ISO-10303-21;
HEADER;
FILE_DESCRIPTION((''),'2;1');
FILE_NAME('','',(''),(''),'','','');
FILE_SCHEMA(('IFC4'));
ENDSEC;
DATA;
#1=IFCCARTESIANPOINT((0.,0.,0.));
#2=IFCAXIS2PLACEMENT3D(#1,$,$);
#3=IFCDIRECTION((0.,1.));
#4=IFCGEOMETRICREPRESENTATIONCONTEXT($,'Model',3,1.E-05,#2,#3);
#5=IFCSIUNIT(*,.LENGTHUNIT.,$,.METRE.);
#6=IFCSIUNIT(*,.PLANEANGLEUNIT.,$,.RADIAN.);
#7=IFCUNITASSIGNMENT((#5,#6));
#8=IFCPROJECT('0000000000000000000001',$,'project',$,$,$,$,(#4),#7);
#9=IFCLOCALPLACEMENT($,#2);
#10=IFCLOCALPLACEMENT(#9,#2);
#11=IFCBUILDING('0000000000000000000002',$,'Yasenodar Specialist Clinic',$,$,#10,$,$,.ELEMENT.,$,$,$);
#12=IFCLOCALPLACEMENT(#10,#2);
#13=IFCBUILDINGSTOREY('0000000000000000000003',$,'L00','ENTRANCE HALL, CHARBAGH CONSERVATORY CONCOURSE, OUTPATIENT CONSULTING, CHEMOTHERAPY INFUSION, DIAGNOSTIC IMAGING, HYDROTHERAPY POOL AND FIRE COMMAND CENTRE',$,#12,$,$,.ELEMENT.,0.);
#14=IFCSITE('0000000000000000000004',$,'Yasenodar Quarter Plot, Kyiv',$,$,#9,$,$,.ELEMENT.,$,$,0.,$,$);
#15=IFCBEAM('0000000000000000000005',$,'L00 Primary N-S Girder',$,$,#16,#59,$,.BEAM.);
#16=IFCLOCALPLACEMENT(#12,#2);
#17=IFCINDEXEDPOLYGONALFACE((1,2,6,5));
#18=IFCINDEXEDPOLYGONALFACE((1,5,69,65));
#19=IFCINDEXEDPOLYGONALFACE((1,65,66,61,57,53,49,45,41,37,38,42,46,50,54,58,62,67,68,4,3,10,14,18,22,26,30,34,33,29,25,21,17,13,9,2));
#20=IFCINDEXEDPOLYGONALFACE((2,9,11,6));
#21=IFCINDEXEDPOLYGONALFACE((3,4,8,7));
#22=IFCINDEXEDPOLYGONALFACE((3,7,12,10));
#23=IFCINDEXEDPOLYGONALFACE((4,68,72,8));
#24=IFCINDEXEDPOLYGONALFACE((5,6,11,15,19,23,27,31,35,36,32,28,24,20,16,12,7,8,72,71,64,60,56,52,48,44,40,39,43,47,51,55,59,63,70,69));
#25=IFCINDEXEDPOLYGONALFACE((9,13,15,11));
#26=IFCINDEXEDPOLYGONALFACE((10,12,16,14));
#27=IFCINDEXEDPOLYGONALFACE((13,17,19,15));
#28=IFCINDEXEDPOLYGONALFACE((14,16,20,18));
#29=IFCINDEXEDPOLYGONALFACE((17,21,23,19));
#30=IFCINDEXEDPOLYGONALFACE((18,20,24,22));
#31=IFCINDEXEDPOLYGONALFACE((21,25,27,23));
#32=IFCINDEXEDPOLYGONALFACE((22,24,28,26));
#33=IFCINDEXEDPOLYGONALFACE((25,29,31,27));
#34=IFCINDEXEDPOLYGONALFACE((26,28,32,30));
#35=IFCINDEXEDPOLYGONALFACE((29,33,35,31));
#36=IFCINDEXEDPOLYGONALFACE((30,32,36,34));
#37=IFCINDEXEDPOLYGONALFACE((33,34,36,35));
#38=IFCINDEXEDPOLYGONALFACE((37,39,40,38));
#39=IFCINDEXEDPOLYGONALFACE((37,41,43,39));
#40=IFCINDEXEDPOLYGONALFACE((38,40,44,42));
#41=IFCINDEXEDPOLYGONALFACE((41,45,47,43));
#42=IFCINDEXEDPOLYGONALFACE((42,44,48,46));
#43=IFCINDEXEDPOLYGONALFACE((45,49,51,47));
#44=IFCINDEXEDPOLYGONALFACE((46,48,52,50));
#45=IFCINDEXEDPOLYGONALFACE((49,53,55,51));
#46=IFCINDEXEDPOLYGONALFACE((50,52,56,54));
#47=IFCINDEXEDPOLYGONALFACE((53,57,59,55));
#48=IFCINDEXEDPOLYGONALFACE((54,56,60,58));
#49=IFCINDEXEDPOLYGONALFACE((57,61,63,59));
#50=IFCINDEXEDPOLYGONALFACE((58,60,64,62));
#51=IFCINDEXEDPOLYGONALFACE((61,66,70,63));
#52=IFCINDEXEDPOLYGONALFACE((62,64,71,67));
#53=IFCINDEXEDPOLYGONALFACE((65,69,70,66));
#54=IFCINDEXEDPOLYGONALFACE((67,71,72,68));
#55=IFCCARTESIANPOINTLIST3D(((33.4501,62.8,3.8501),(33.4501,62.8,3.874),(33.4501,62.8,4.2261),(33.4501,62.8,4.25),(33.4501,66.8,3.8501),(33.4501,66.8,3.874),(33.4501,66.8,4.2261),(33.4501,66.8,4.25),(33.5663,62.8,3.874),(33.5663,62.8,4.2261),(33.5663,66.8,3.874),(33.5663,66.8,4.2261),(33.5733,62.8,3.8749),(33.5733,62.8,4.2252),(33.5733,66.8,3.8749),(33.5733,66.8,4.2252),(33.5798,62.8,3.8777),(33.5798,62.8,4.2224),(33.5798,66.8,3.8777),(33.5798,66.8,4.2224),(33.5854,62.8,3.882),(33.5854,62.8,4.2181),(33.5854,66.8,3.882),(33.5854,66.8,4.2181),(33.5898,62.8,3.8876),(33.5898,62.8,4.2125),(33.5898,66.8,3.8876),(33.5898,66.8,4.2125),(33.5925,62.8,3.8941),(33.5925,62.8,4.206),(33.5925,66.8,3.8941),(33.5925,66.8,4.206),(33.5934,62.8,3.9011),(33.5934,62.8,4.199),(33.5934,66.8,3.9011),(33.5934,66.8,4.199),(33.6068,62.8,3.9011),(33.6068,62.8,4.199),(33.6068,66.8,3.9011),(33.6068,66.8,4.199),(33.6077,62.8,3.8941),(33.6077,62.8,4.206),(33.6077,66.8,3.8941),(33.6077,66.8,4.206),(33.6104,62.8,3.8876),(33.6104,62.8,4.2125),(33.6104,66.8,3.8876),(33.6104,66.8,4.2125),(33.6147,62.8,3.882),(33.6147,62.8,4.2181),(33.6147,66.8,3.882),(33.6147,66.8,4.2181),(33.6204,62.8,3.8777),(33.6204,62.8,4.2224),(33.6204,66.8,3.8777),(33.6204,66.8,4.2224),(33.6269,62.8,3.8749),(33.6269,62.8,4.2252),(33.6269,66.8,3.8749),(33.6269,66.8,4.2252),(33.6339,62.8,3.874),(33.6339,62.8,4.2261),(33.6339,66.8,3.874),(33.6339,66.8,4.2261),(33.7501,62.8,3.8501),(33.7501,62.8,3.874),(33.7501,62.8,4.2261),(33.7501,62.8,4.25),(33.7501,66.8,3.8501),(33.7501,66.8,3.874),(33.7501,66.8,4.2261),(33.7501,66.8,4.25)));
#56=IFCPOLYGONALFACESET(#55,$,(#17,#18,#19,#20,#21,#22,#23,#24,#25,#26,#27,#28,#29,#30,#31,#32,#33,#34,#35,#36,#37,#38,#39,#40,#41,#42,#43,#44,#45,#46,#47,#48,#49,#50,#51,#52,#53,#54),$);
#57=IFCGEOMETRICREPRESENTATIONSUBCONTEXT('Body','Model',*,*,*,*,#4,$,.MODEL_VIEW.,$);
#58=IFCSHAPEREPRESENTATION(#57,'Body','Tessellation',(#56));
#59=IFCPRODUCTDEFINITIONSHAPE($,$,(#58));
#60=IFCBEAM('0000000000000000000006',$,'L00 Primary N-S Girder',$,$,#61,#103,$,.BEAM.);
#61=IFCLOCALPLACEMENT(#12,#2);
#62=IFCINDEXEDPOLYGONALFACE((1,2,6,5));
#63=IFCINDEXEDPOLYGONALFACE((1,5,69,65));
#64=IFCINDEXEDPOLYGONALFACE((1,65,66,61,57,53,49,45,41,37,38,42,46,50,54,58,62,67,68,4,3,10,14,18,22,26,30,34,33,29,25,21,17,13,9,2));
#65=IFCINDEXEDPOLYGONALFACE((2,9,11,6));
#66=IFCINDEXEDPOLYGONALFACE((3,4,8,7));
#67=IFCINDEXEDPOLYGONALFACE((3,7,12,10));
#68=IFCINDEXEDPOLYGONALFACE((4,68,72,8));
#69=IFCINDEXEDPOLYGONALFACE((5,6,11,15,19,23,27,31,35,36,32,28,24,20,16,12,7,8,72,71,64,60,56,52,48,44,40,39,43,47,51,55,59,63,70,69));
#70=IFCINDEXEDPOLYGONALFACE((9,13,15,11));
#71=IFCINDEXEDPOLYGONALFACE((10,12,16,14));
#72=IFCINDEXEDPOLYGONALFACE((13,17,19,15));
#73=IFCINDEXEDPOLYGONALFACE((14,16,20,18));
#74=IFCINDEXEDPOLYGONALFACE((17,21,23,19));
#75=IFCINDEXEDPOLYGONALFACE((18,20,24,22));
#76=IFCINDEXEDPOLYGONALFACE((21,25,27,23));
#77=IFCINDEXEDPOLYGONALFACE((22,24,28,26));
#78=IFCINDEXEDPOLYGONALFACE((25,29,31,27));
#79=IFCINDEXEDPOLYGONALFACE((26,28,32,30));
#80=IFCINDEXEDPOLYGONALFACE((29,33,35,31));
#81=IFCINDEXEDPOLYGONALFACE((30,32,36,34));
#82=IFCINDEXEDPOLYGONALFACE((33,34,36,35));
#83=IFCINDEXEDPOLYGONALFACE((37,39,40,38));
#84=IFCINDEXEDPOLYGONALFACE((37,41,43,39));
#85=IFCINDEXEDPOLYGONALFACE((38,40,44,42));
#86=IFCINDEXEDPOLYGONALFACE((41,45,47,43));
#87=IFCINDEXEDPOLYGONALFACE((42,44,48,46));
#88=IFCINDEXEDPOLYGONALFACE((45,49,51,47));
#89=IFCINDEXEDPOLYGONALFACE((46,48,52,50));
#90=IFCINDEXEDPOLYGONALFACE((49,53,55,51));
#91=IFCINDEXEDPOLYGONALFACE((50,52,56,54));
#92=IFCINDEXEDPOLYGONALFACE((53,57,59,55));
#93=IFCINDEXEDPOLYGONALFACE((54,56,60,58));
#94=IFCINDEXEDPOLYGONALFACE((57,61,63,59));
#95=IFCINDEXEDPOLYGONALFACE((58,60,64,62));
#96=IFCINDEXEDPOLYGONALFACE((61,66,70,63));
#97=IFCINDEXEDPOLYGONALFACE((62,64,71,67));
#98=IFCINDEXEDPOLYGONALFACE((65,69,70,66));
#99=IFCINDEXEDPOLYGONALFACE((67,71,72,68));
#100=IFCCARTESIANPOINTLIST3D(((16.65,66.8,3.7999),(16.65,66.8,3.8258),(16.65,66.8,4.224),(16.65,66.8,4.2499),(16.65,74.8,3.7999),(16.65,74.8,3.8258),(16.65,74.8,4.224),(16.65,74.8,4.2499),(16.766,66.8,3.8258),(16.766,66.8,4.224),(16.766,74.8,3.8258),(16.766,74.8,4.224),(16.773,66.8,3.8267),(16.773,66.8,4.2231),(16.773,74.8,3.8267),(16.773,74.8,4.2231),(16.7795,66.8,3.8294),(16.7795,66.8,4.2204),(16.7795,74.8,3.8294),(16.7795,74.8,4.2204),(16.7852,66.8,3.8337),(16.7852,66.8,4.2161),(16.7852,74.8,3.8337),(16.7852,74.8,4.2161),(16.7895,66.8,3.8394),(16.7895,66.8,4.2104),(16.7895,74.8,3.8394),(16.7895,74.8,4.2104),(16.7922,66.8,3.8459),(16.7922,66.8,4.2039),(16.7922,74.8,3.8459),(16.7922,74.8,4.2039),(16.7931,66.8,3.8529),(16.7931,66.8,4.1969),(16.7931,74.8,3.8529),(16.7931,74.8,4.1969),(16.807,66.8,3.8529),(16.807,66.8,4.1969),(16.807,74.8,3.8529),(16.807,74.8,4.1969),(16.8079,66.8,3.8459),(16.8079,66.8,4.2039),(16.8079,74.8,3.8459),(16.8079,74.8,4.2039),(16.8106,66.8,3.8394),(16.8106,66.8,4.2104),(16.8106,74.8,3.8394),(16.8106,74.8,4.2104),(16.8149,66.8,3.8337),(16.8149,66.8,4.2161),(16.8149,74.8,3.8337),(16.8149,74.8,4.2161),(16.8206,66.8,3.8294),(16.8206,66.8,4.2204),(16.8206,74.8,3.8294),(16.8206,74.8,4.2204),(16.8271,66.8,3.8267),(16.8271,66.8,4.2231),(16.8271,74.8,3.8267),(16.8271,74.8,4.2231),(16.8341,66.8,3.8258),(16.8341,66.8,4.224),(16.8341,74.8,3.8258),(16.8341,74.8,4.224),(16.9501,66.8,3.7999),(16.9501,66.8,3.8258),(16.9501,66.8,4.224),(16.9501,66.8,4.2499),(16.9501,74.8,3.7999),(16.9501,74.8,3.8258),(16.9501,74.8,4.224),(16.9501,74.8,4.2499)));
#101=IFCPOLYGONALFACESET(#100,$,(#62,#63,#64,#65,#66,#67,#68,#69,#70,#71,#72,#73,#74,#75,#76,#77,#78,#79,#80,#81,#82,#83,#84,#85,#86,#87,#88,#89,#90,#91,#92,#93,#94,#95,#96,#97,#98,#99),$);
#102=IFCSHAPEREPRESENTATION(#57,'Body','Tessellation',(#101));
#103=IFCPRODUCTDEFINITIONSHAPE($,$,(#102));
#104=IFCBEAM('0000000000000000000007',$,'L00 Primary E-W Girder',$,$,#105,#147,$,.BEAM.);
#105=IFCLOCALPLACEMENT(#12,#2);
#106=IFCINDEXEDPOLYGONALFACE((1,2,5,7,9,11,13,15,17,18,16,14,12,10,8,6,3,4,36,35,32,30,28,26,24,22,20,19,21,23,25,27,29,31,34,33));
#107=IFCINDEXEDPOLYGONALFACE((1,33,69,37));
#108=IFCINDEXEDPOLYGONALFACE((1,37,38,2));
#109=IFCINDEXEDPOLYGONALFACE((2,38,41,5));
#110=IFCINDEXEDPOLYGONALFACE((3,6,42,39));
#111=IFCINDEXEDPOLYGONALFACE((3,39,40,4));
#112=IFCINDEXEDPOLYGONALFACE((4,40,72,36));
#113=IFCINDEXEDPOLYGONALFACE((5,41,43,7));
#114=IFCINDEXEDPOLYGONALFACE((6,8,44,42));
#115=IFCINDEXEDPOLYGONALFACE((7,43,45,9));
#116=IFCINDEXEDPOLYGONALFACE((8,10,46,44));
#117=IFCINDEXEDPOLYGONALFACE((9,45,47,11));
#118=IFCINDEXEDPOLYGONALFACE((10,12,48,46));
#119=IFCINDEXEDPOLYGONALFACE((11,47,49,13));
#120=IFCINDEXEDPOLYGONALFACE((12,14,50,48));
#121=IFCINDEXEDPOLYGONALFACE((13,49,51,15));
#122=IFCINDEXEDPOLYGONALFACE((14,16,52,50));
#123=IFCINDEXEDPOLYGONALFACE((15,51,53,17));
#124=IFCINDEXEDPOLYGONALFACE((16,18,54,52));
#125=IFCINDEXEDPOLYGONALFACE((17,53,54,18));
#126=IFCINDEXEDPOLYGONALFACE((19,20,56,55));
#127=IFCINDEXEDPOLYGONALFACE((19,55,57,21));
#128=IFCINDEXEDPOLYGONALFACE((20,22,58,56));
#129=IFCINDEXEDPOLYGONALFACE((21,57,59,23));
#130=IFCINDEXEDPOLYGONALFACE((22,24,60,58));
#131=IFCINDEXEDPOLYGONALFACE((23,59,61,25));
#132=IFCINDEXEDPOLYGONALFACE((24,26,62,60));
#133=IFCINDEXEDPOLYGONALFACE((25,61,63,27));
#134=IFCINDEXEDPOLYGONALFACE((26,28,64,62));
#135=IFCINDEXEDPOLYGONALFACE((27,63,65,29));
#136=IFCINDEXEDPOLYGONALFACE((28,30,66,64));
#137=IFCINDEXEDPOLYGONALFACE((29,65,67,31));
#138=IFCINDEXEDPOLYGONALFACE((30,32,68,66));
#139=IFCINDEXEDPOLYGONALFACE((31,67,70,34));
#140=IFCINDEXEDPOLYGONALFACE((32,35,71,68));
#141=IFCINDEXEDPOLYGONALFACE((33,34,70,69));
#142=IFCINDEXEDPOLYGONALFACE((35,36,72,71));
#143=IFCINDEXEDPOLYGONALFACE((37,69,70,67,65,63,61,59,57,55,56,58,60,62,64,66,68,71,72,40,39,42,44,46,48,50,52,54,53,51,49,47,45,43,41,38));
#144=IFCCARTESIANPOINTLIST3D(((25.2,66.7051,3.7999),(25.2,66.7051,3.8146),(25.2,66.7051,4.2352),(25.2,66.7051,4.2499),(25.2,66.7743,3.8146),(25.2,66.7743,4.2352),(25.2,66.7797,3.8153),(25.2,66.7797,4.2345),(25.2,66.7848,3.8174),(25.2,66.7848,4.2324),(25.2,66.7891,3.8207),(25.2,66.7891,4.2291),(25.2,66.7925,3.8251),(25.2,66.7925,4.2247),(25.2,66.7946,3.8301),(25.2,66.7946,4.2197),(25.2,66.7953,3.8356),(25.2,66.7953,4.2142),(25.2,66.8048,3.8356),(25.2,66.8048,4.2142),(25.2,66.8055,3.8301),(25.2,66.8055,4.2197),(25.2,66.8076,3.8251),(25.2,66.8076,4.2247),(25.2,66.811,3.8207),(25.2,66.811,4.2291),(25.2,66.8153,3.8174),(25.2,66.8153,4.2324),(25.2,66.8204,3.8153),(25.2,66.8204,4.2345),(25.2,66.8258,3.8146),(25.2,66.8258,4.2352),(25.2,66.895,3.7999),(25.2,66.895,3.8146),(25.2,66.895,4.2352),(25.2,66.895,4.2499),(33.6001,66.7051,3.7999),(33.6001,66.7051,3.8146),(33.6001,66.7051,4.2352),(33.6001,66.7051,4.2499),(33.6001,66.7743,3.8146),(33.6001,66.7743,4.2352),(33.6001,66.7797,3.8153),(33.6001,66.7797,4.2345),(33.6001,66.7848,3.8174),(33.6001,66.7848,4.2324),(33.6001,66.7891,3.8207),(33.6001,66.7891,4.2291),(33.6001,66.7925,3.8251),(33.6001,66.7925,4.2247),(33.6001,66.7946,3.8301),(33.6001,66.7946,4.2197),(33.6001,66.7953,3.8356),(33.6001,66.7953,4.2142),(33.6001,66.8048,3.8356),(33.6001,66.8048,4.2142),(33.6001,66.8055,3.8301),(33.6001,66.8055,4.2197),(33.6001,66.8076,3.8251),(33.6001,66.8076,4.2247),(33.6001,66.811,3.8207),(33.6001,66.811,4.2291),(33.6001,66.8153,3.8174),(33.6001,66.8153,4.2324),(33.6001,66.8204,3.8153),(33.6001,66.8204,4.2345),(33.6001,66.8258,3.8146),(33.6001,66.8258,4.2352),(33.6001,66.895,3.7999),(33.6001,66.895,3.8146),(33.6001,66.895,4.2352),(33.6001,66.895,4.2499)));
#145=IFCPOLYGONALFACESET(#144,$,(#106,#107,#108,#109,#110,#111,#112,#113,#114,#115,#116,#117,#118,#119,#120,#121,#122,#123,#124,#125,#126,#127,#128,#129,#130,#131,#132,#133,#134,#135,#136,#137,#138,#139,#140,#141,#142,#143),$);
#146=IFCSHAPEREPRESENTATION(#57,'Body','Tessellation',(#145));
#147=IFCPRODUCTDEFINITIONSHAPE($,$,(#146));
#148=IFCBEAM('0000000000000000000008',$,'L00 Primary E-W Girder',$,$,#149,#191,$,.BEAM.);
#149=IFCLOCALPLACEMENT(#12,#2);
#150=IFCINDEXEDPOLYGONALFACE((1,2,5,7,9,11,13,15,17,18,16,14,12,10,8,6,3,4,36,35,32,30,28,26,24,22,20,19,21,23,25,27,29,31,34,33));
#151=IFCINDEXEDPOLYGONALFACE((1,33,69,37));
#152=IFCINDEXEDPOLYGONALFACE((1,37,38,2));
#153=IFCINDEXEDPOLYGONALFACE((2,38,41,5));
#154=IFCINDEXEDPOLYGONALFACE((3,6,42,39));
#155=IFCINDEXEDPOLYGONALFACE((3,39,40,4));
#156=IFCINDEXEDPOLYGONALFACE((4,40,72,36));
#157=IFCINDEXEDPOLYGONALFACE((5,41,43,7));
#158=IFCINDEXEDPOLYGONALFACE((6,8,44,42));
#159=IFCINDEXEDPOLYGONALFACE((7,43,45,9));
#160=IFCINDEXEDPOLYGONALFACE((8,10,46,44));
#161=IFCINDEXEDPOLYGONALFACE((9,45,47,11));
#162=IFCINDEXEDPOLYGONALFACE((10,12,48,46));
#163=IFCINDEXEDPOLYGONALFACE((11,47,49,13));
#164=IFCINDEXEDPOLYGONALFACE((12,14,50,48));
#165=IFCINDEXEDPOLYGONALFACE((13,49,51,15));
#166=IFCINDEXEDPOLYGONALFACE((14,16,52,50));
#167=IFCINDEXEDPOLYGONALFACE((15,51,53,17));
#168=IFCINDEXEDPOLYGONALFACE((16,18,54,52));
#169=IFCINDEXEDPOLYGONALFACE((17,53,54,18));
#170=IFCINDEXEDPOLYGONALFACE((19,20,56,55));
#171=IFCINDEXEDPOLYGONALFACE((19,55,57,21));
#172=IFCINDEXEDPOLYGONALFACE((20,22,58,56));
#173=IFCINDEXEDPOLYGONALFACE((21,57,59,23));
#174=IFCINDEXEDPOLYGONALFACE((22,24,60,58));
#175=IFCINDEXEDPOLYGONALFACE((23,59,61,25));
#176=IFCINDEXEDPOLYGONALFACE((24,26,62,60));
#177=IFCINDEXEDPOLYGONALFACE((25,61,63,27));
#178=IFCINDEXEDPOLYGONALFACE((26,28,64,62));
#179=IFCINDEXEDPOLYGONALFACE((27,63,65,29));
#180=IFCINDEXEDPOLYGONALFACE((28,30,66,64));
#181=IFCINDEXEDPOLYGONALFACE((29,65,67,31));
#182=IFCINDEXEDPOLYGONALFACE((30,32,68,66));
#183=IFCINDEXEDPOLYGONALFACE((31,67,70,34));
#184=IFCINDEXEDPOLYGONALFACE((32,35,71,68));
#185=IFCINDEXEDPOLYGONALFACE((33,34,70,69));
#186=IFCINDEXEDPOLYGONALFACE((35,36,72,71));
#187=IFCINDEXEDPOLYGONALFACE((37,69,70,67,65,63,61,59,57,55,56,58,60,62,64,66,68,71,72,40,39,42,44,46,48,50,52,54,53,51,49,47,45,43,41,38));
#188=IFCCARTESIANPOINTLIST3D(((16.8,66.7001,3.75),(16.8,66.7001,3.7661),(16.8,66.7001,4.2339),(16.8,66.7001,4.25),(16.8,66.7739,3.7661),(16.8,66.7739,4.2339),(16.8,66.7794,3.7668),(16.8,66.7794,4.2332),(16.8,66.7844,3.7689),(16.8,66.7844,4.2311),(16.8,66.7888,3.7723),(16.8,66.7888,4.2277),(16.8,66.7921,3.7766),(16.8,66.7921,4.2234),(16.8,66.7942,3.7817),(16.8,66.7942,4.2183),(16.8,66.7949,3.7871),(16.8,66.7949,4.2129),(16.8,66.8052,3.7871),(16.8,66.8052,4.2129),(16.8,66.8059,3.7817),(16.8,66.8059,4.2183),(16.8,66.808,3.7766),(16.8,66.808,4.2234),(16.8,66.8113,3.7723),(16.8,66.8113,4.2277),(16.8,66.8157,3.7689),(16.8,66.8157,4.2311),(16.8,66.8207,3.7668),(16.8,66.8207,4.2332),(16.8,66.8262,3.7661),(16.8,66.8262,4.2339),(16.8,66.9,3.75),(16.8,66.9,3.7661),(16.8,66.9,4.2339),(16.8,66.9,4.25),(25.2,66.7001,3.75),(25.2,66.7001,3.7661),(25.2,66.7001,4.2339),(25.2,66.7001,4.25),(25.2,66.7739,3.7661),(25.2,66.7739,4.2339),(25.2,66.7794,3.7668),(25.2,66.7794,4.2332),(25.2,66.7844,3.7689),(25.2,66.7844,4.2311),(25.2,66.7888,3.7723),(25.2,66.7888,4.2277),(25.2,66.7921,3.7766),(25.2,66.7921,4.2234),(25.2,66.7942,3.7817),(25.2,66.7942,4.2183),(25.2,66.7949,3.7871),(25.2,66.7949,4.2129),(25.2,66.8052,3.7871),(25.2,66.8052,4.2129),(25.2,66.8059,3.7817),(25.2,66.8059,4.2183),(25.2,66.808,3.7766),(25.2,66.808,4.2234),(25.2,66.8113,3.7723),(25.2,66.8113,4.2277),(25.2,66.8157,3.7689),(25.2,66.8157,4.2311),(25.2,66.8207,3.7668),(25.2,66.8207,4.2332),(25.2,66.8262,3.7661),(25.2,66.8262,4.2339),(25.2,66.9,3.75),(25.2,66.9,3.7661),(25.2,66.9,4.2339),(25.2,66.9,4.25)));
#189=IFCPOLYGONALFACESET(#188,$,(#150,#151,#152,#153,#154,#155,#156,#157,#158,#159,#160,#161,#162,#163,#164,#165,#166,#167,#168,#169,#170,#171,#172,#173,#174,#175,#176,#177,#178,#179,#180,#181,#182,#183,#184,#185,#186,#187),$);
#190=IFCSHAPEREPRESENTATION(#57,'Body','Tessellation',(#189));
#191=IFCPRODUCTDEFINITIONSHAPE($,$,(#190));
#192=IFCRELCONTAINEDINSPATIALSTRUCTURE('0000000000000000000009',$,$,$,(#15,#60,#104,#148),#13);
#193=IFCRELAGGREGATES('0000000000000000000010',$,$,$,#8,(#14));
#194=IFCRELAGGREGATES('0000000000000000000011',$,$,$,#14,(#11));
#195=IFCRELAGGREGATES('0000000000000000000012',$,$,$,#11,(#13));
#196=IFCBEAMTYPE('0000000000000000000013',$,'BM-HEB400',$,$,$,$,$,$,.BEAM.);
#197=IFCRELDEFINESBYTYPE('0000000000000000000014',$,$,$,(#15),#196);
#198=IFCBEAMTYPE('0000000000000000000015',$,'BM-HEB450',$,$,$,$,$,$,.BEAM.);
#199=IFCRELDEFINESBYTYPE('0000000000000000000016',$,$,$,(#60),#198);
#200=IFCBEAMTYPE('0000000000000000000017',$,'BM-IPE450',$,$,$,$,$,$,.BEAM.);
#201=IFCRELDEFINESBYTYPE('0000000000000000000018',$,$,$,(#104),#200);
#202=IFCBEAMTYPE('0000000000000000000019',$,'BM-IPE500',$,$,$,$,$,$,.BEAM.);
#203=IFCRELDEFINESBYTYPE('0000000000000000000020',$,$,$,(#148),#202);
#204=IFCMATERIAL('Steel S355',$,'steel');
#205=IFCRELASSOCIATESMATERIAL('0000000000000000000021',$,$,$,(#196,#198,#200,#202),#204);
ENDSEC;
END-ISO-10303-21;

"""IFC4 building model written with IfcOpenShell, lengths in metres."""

from ifc_helpers import new_model, si_unit, direction, frame, origin, origin_2d, place, context, subcontext, project, spatial, i_section, extrude, material, material_profile, profile_set, type_object, element, save


model = new_model("IFC4")

# Units and contexts
model_context = context("Model", 3, precision=1e-05, world=origin(), true_north=direction((0.0, 1.0)))
body_context = subcontext(model_context, "Body", "Model", "MODEL_VIEW")
ifc_project = project(units=[si_unit("LENGTHUNIT", "METRE"), si_unit("PLANEANGLEUNIT", "RADIAN")], contexts=[model_context])

# Site, building, storey
site_placement = place(None, origin())
site = spatial("IfcSite", under=ifc_project, at=site_placement, Name="Yasenodar Quarter Plot, Kyiv", CompositionType="ELEMENT", RefElevation=0.0)
building_placement = place(site_placement, origin())
building = spatial("IfcBuilding", under=site, at=building_placement, Name="Yasenodar Specialist Clinic", CompositionType="ELEMENT")
storey_placement = place(building_placement, origin())
storey = spatial("IfcBuildingStorey", under=building, at=storey_placement, Name="L00", Description="ENTRANCE HALL, CHARBAGH CONSERVATORY CONCOURSE, OUTPATIENT CONSULTING, CHEMOTHERAPY INFUSION, DIAGNOSTIC IMAGING, HYDROTHERAPY POOL AND FIRE COMMAND CENTRE", CompositionType="ELEMENT", Elevation=0.0)

# Shared definitions
ifc_material_1 = material(Name="Steel S355", Category="steel")

# Beams
ifc_material_profile_1 = material_profile(ifc_material_1, i_section(OverallWidth=0.3, OverallDepth=0.3999, WebThickness=0.0134, FlangeThickness=0.0239, FilletRadius=0.0271, at=origin_2d()), Name="HEB 400")
ifc_profile_set_1 = profile_set([ifc_material_profile_1], Name="Steel S355")
beam_type_1 = type_object("IfcBeamType", Name="BM-HEB400", PredefinedType="BEAM", material=ifc_profile_set_1)
beam_1_placement = place(storey_placement, frame((33.6001, 62.8, 4.05), z_axis=(0.0, 1.0, 0.0), x_axis=(-1.0, 0.0, 0.0)))
element("IfcBeam", 1, at=beam_1_placement, inside=storey, type_object=beam_type_1, Name="L00 Primary N-S Girder", PredefinedType="BEAM", context=body_context, shape_type="SweptSolid", body=[
    extrude(i_section(OverallWidth=0.3, OverallDepth=0.3999, WebThickness=0.0134, FlangeThickness=0.0239, FilletRadius=0.0271, at=origin_2d()), origin(), (0.0, 0.0, 1.0), 4.0),
])
ifc_material_profile_2 = material_profile(ifc_material_1, i_section(OverallWidth=0.3, OverallDepth=0.45, WebThickness=0.0139, FlangeThickness=0.0259, FilletRadius=0.0271, at=origin_2d()), Name="HEB 450")
ifc_profile_set_2 = profile_set([ifc_material_profile_2], Name="Steel S355")
beam_type_2 = type_object("IfcBeamType", Name="BM-HEB450", PredefinedType="BEAM", material=ifc_profile_set_2)
beam_2_placement = place(storey_placement, frame((16.8, 66.8, 4.0249), z_axis=(0.0, 1.0, 0.0), x_axis=(-1.0, 0.0, 0.0)))
element("IfcBeam", 2, at=beam_2_placement, inside=storey, type_object=beam_type_2, Name="L00 Primary N-S Girder", PredefinedType="BEAM", context=body_context, shape_type="SweptSolid", body=[
    extrude(i_section(OverallWidth=0.3, OverallDepth=0.45, WebThickness=0.0139, FlangeThickness=0.0259, FilletRadius=0.0271, at=origin_2d()), origin(), (0.0, 0.0, 1.0), 8.0),
])
ifc_material_profile_3 = material_profile(ifc_material_1, i_section(OverallWidth=0.1899, OverallDepth=0.45, WebThickness=0.0095, FlangeThickness=0.0146, FilletRadius=0.021, at=origin_2d()), Name="IPE 450")
ifc_profile_set_3 = profile_set([ifc_material_profile_3], Name="Steel S355")
beam_type_3 = type_object("IfcBeamType", Name="BM-IPE450", PredefinedType="BEAM", material=ifc_profile_set_3)
beam_3_placement = place(storey_placement, frame((25.2, 66.8, 4.0249), z_axis=(1.0, 0.0, 0.0), x_axis=(0.0, 1.0, 0.0)))
element("IfcBeam", 3, at=beam_3_placement, inside=storey, type_object=beam_type_3, Name="L00 Primary E-W Girder", PredefinedType="BEAM", context=body_context, shape_type="SweptSolid", body=[
    extrude(i_section(OverallWidth=0.1899, OverallDepth=0.45, WebThickness=0.0095, FlangeThickness=0.0146, FilletRadius=0.021, at=origin_2d()), origin(), (0.0, 0.0, 1.0), 8.4001),
])
ifc_material_profile_4 = material_profile(ifc_material_1, i_section(OverallWidth=0.2, OverallDepth=0.5, WebThickness=0.0103, FlangeThickness=0.0161, FilletRadius=0.021, at=origin_2d()), Name="IPE 500")
ifc_profile_set_4 = profile_set([ifc_material_profile_4], Name="Steel S355")
beam_type_4 = type_object("IfcBeamType", Name="BM-IPE500", PredefinedType="BEAM", material=ifc_profile_set_4)
beam_4_placement = place(storey_placement, frame((16.8, 66.8, 4.0), z_axis=(1.0, 0.0, 0.0), x_axis=(0.0, 1.0, 0.0)))
element("IfcBeam", 4, at=beam_4_placement, inside=storey, type_object=beam_type_4, Name="L00 Primary E-W Girder", PredefinedType="BEAM", context=body_context, shape_type="SweptSolid", body=[
    extrude(i_section(OverallWidth=0.2, OverallDepth=0.5, WebThickness=0.0103, FlangeThickness=0.0161, FilletRadius=0.021, at=origin_2d()), origin(), (0.0, 0.0, 1.0), 8.3999),
])

save(model, "model.ifc")
